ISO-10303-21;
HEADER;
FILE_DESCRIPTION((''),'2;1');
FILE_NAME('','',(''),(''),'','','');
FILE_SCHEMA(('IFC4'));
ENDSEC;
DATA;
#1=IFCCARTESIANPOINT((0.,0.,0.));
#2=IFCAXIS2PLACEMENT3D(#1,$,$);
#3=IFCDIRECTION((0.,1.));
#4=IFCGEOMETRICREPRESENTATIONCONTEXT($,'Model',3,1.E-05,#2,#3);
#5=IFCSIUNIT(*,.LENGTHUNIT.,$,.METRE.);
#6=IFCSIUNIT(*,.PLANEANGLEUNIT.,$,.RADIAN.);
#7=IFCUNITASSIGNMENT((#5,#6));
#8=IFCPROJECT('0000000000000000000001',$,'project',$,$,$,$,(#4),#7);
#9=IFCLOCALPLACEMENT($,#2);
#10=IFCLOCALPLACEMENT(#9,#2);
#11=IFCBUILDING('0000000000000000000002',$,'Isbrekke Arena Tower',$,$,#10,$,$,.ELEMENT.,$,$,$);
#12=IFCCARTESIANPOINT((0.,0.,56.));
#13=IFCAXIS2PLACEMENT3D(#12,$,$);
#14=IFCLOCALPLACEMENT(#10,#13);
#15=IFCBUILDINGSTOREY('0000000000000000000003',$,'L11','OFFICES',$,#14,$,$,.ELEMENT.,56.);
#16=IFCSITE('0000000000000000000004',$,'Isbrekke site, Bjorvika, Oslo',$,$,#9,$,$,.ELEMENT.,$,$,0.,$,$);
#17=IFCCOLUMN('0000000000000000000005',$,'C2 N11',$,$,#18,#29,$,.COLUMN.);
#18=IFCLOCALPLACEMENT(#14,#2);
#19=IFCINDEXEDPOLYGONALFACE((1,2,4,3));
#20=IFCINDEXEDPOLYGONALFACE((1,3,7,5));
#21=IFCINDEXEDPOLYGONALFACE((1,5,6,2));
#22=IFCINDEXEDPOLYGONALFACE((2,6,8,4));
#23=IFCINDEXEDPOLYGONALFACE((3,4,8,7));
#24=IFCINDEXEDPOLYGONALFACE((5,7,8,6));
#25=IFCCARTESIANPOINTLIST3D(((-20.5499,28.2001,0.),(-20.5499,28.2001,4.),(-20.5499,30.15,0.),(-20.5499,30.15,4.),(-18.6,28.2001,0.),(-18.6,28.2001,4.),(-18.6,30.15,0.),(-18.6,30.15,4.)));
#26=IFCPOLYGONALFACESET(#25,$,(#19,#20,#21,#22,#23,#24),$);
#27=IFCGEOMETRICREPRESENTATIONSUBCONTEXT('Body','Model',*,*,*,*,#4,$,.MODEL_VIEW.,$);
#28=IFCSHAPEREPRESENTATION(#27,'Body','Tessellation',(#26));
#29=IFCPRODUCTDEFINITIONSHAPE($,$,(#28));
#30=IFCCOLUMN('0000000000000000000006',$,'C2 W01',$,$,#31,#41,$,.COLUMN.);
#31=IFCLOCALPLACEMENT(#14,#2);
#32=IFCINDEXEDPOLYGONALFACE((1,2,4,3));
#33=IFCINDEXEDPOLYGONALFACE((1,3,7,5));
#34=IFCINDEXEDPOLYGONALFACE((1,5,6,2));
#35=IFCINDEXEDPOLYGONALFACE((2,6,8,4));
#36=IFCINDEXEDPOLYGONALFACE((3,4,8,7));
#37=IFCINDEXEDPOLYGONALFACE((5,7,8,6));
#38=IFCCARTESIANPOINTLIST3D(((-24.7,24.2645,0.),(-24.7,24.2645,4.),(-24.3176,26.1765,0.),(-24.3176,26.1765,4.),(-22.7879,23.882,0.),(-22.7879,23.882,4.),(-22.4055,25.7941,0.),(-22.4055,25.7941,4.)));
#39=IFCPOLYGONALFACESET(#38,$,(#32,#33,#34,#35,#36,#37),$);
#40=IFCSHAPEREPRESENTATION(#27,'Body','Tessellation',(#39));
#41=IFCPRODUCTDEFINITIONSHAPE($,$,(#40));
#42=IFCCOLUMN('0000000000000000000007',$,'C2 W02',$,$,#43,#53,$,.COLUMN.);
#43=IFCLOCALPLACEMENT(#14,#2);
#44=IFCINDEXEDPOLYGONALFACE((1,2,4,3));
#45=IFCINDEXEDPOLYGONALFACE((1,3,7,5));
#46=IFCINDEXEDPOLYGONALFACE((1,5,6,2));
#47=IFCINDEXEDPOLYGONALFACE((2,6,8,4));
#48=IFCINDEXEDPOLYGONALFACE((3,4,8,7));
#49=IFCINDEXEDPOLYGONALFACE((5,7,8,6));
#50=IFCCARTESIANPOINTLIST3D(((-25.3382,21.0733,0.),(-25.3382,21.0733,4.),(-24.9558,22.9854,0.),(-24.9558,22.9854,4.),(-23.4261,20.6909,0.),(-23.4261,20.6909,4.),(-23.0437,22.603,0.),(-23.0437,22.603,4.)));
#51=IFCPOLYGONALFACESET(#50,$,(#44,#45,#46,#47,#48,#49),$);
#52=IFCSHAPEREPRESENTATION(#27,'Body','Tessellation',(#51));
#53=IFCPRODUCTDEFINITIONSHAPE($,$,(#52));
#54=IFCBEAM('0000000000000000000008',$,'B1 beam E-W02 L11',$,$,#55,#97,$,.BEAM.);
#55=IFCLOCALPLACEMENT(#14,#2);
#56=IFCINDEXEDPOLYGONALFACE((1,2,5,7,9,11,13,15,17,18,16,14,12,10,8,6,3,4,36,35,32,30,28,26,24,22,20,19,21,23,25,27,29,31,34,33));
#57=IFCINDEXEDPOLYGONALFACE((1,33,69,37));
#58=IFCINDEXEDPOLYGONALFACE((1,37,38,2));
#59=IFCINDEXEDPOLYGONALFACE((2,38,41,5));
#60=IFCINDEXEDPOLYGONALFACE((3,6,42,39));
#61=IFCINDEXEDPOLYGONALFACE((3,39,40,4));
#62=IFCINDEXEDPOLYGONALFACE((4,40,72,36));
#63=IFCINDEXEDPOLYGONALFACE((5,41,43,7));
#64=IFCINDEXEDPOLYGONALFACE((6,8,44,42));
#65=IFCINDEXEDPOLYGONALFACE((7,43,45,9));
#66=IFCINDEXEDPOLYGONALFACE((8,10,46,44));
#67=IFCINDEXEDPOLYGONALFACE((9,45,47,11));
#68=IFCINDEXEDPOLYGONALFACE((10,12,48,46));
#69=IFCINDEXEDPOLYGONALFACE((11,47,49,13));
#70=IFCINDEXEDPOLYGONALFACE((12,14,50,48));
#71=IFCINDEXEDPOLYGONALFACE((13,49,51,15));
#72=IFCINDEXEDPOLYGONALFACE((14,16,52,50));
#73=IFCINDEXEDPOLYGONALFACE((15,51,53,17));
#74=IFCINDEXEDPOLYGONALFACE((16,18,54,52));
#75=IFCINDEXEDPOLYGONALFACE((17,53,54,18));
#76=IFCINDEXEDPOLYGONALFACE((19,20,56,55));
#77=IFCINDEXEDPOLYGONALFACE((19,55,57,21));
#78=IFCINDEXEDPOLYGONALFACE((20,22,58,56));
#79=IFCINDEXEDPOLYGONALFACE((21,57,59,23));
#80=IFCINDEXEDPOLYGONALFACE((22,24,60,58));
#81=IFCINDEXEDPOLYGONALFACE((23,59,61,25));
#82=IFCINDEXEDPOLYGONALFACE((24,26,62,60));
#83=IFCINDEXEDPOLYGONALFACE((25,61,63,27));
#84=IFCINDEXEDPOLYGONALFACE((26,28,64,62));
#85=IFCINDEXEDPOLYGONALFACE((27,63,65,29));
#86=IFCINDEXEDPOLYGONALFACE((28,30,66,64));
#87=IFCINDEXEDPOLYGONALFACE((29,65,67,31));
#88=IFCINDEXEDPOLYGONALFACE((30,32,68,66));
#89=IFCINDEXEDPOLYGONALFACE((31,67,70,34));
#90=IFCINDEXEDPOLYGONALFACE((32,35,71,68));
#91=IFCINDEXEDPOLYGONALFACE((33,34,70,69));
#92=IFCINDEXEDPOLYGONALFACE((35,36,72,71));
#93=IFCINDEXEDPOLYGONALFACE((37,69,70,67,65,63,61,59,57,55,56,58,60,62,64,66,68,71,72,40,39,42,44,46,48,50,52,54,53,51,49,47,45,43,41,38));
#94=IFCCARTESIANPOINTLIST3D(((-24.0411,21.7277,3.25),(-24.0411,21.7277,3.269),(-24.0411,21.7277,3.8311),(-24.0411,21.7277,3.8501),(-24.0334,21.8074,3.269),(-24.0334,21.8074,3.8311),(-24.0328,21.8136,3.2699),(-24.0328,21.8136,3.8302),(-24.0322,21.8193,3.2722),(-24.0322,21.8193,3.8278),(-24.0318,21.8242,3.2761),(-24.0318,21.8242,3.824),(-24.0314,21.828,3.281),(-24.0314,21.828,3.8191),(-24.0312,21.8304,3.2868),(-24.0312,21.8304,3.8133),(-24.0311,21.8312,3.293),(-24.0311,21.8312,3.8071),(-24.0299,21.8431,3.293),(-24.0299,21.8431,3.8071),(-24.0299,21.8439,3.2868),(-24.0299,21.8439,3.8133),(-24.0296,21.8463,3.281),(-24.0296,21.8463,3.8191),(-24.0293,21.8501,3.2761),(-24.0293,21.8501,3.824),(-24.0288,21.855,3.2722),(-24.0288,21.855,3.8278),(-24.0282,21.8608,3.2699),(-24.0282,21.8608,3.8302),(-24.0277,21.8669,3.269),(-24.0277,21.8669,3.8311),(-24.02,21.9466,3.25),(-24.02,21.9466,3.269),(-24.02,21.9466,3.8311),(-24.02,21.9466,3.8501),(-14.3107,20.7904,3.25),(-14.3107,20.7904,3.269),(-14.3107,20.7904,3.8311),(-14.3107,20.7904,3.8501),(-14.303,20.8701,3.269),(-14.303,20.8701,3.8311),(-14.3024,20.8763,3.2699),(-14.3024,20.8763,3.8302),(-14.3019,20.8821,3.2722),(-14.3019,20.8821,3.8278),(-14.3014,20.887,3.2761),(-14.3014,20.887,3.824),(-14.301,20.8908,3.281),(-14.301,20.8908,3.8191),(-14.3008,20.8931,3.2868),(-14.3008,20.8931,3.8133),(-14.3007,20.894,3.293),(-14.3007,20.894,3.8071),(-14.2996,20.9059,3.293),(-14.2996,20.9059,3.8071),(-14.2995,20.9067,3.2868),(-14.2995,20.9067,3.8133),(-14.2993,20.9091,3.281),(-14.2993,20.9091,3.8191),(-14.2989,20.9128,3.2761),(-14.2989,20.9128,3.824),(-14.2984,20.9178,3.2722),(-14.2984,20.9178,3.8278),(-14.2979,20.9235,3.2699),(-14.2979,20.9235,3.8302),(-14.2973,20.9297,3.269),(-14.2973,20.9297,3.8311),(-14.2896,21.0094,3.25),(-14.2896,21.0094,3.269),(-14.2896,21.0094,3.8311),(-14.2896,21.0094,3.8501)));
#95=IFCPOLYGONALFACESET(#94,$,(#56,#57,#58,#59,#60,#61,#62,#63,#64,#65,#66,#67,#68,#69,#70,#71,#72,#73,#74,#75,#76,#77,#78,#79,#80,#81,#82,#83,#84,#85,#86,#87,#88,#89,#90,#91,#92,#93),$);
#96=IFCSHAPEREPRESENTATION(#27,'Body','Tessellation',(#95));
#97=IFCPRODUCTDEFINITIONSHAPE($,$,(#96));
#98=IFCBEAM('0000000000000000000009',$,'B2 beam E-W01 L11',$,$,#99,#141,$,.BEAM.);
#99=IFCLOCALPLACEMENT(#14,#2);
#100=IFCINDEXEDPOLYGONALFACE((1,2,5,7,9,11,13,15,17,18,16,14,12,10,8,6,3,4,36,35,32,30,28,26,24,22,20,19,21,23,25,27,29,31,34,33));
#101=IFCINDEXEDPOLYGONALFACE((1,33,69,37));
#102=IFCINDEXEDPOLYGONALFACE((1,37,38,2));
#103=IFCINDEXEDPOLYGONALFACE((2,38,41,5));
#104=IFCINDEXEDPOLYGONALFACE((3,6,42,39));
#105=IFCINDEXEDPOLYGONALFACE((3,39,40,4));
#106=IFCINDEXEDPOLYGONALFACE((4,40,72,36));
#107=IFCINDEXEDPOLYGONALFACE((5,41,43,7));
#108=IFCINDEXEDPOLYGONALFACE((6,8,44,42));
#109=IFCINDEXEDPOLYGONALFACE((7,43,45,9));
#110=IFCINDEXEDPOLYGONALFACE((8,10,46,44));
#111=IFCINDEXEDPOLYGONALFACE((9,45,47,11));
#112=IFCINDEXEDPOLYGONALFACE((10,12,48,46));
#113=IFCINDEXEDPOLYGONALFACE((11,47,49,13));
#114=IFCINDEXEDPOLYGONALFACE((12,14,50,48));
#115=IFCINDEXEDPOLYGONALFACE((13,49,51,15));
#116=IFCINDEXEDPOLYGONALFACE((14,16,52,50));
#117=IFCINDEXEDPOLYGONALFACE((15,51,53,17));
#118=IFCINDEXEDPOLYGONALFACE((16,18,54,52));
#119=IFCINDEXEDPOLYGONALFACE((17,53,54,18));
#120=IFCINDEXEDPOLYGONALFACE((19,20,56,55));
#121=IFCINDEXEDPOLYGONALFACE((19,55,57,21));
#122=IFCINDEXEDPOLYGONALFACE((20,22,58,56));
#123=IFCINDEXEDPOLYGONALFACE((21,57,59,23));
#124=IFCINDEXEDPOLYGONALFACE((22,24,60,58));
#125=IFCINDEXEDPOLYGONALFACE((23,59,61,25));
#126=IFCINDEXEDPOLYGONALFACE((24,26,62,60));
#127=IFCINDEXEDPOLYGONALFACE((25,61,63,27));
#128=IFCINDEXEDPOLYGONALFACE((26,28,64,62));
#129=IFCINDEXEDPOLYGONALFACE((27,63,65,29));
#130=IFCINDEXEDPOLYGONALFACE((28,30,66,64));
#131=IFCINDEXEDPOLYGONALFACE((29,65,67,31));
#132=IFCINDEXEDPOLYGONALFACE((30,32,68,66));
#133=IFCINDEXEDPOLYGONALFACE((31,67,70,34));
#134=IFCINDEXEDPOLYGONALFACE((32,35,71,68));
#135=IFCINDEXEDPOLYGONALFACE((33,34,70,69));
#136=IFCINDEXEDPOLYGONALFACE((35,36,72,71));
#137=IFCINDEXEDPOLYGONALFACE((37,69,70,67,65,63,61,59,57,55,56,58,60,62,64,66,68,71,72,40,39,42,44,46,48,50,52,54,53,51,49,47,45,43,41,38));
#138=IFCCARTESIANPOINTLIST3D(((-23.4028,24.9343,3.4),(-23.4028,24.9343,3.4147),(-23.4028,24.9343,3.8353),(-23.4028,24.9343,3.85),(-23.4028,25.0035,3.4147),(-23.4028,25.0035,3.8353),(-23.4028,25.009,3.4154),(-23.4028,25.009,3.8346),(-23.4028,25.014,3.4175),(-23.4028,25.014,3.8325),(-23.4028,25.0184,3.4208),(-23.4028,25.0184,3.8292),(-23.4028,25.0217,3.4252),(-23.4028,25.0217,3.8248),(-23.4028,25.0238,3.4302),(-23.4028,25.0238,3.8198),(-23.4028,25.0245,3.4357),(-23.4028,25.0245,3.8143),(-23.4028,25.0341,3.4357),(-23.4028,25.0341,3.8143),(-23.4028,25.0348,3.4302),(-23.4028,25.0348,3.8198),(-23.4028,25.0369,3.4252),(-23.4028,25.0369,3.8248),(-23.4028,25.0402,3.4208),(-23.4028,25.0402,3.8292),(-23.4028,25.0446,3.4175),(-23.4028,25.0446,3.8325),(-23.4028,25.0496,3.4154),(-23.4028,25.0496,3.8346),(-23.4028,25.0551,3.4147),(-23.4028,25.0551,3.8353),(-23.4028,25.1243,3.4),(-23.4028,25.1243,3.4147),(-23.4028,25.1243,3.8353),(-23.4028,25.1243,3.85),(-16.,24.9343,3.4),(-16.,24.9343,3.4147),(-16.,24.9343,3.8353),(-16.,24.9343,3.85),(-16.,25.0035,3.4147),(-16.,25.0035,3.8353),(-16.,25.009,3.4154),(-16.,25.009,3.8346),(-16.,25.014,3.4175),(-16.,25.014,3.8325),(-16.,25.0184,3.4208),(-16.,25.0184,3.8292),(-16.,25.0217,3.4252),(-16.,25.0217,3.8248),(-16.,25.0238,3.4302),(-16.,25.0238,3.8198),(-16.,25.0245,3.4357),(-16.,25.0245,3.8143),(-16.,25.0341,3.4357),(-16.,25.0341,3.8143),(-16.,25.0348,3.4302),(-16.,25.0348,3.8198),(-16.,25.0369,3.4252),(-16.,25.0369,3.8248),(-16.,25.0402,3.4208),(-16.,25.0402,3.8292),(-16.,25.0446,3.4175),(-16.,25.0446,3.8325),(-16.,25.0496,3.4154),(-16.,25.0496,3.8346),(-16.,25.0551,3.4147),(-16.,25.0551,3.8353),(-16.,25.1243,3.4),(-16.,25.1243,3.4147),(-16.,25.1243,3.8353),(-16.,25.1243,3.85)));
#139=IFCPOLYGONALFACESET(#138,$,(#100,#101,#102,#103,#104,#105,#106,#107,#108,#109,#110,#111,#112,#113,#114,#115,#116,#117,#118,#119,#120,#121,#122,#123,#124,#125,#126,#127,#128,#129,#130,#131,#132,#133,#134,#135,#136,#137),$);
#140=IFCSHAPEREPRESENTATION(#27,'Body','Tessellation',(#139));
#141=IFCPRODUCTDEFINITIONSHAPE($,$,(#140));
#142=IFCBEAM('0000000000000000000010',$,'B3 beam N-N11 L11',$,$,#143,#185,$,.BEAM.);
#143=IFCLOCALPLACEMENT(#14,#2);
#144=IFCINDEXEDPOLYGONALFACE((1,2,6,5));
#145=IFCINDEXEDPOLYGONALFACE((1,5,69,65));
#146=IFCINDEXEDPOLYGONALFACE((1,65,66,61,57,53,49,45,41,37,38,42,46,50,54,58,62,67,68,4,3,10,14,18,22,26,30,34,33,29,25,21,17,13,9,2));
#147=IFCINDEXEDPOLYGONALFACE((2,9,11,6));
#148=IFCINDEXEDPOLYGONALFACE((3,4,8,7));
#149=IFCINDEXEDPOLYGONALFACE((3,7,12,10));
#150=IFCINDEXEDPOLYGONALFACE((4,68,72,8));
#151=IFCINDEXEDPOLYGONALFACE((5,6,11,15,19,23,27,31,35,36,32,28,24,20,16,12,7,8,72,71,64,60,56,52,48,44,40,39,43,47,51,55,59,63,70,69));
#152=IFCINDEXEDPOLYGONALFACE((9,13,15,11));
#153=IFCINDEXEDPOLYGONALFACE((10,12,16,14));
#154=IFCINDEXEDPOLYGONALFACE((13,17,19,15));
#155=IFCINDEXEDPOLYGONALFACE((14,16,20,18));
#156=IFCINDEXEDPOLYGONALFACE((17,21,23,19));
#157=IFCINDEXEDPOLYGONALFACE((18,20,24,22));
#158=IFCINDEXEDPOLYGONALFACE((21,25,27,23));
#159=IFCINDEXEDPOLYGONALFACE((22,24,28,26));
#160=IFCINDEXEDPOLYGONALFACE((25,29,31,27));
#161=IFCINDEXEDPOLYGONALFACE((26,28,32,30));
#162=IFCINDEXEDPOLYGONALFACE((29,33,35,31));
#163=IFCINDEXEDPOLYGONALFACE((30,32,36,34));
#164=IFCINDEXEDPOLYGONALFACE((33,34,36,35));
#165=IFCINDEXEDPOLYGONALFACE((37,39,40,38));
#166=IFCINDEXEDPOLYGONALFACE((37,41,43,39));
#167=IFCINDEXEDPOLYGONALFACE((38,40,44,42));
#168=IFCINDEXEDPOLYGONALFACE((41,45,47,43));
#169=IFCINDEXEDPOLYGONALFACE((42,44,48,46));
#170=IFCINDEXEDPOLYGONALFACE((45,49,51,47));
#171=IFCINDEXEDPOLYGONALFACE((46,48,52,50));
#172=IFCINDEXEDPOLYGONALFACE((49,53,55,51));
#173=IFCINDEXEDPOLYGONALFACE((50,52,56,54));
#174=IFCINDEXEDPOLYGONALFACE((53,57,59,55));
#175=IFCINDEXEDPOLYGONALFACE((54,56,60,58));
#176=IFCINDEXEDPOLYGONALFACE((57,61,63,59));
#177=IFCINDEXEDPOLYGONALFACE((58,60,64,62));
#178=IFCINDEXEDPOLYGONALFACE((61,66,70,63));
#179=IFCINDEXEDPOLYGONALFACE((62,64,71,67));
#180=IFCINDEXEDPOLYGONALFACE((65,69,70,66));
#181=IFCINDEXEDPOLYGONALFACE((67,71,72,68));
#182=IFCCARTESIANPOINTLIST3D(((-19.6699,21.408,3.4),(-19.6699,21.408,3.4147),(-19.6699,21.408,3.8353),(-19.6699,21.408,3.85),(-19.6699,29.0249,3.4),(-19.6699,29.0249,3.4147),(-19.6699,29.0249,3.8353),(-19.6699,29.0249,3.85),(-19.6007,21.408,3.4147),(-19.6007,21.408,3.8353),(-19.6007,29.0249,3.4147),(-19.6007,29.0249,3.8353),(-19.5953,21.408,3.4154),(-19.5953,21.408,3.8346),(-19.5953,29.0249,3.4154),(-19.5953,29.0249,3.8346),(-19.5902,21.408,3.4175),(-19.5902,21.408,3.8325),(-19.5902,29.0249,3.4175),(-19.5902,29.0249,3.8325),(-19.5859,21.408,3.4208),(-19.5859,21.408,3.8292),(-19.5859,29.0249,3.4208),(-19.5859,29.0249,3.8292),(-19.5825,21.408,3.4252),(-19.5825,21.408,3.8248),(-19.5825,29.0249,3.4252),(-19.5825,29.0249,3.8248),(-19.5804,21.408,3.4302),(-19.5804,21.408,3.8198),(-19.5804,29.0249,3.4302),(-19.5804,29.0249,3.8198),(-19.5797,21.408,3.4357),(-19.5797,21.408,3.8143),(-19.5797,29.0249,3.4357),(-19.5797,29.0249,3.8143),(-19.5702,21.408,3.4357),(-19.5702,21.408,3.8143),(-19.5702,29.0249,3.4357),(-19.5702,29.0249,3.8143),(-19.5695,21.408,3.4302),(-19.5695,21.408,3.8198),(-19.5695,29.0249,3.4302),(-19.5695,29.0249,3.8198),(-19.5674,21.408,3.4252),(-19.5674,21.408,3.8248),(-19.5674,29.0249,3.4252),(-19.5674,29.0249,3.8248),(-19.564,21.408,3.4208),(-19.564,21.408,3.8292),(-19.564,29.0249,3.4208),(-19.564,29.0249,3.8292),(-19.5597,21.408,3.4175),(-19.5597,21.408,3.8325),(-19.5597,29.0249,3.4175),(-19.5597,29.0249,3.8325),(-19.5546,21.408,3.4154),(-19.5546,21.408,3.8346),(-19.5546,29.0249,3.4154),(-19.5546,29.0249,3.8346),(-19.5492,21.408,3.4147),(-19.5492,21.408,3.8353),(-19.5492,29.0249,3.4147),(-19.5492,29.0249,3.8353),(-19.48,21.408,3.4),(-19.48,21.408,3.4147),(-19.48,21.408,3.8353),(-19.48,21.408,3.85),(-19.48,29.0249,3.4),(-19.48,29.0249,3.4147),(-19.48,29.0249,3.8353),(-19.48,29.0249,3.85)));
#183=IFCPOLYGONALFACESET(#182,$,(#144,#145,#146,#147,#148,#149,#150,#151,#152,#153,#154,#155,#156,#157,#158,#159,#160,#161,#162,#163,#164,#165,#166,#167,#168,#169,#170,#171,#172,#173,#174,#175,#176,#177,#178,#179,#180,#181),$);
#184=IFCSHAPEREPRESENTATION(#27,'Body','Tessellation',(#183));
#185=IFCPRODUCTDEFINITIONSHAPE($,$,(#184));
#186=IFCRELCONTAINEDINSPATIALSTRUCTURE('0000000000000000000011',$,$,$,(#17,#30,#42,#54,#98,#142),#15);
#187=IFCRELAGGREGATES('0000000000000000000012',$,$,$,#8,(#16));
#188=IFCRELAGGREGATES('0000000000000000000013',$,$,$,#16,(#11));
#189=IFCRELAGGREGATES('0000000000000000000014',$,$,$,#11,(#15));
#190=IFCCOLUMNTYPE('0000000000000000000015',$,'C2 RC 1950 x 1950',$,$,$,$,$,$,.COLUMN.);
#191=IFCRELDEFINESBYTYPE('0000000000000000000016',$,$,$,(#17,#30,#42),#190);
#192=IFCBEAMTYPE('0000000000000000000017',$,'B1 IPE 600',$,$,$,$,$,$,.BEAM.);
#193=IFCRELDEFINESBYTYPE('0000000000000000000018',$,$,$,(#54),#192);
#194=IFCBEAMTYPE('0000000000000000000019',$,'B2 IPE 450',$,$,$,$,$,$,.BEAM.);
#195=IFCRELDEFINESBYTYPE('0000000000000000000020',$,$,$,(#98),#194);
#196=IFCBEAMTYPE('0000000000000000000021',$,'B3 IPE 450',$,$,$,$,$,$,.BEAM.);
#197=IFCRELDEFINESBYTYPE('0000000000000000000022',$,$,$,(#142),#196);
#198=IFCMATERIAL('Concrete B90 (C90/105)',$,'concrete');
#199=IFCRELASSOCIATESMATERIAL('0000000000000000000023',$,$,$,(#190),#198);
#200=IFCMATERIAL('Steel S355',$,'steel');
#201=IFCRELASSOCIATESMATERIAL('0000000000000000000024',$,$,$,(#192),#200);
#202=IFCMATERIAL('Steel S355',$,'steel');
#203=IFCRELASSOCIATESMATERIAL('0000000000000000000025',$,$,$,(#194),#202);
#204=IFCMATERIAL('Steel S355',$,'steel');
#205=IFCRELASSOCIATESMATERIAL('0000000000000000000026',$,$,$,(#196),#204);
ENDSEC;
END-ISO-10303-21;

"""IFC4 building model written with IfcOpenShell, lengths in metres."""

from ifc_helpers import new_model, si_unit, direction, frame, origin, origin_2d, place, context, subcontext, project, spatial, rectangle, i_section, extrude, material, material_profile, profile_set, type_object, element, save


model = new_model("IFC4")

# Units and contexts
model_context = context("Model", 3, precision=1e-05, world=origin(), true_north=direction((0.0, 1.0)))
body_context = subcontext(model_context, "Body", "Model", "MODEL_VIEW")
ifc_project = project(units=[si_unit("LENGTHUNIT", "METRE"), si_unit("PLANEANGLEUNIT", "RADIAN")], contexts=[model_context])

# Site, building, storey
site_placement = place(None, origin())
site = spatial("IfcSite", under=ifc_project, at=site_placement, Name="Isbrekke site, Bjorvika, Oslo", CompositionType="ELEMENT", RefElevation=0.0)
building_placement = place(site_placement, origin())
building = spatial("IfcBuilding", under=site, at=building_placement, Name="Isbrekke Arena Tower", CompositionType="ELEMENT")
storey_placement = place(building_placement, frame((0.0, 0.0, 56.0)))
storey = spatial("IfcBuildingStorey", under=building, at=storey_placement, Name="L11", Description="OFFICES", CompositionType="ELEMENT", Elevation=56.0)

# Columns
ifc_material_1 = material(Name="Concrete B90 (C90/105)", Category="concrete")
ifc_material_profile_1 = material_profile(ifc_material_1, rectangle(XDim=1.95, YDim=1.95, at=origin_2d()), Name="RC 1950x1950")
ifc_profile_set_1 = profile_set([ifc_material_profile_1], Name="Concrete B90 (C90/105)")
column_type = type_object("IfcColumnType", Name="C2 RC 1950 x 1950", PredefinedType="COLUMN", material=ifc_profile_set_1)
for number, where, z_axis, x_axis, name in (
    (1, (-19.575, 29.175, 0.0), (0.0, 0.0, 1.0), (-1.0, 0.0, 0.0), "C2 N11"),
    (2, (-23.5527, 25.0293, 0.0), (0.0, 0.0, 1.0), (-0.196116, -0.980581, 0.0), "C2 W01"),
    (3, (-24.1909, 21.8381, 0.0), (0.0, 0.0, 1.0), (-0.196116, -0.980581, 0.0), "C2 W02"),
):
    element("IfcColumn", number, at=place(storey_placement, frame(where, z_axis=z_axis, x_axis=x_axis)), inside=storey, type_object=column_type, Name=name, PredefinedType="COLUMN", context=body_context, shape_type="SweptSolid", body=[
        extrude(rectangle(XDim=1.95, YDim=1.95, at=origin_2d()), origin(), (0.0, 0.0, 1.0), 4.0),
    ])

# Beams
ifc_material_2 = material(Name="Steel S355", Category="steel")
ifc_material_profile_2 = material_profile(ifc_material_2, i_section(OverallWidth=0.22, OverallDepth=0.6001, WebThickness=0.012, FlangeThickness=0.019, FilletRadius=0.0239, at=origin_2d()), Name="IPE 600")
ifc_profile_set_2 = profile_set([ifc_material_profile_2], Name="Steel S355")
beam_type_1 = type_object("IfcBeamType", Name="B1 IPE 600", PredefinedType="BEAM", material=ifc_profile_set_2)
beam_1_placement = place(storey_placement, frame((-24.0305, 21.8372, 3.55), z_axis=(0.995393, -0.095878, 0.0), x_axis=(0.095878, 0.995393, 0.0)))
element("IfcBeam", 4, at=beam_1_placement, inside=storey, type_object=beam_type_1, Name="B1 beam E-W02 L11", PredefinedType="BEAM", context=body_context, shape_type="SweptSolid", body=[
    extrude(i_section(OverallWidth=0.22, OverallDepth=0.6001, WebThickness=0.012, FlangeThickness=0.019, FilletRadius=0.0239, at=origin_2d()), origin(), (0.0, 0.0, 1.0), 9.7754),
])
ifc_material_3 = material(Name="Steel S355", Category="steel")
ifc_material_profile_3 = material_profile(ifc_material_3, i_section(OverallWidth=0.1899, OverallDepth=0.45, WebThickness=0.0095, FlangeThickness=0.0146, FilletRadius=0.021, at=origin_2d()), Name="IPE 450")
ifc_profile_set_3 = profile_set([ifc_material_profile_3], Name="Steel S355")
beam_type_2 = type_object("IfcBeamType", Name="B2 IPE 450", PredefinedType="BEAM", material=ifc_profile_set_3)
beam_2_placement = place(storey_placement, frame((-23.4028, 25.0293, 3.625), z_axis=(1.0, 0.0, 0.0), x_axis=(0.0, 1.0, 0.0)))
element("IfcBeam", 5, at=beam_2_placement, inside=storey, type_object=beam_type_2, Name="B2 beam E-W01 L11", PredefinedType="BEAM", context=body_context, shape_type="SweptSolid", body=[
    extrude(i_section(OverallWidth=0.1899, OverallDepth=0.45, WebThickness=0.0095, FlangeThickness=0.0146, FilletRadius=0.021, at=origin_2d()), origin(), (0.0, 0.0, 1.0), 7.4028),
])
ifc_material_4 = material(Name="Steel S355", Category="steel")
ifc_material_profile_4 = material_profile(ifc_material_4, i_section(OverallWidth=0.1899, OverallDepth=0.45, WebThickness=0.0095, FlangeThickness=0.0146, FilletRadius=0.021, at=origin_2d()), Name="IPE 450")
ifc_profile_set_4 = profile_set([ifc_material_profile_4], Name="Steel S355")
beam_type_3 = type_object("IfcBeamType", Name="B3 IPE 450", PredefinedType="BEAM", material=ifc_profile_set_4)
beam_3_placement = place(storey_placement, frame((-19.575, 29.0249, 3.625), z_axis=(0.0, -1.0, 0.0), x_axis=(1.0, 0.0, 0.0)))
element("IfcBeam", 6, at=beam_3_placement, inside=storey, type_object=beam_type_3, Name="B3 beam N-N11 L11", PredefinedType="BEAM", context=body_context, shape_type="SweptSolid", body=[
    extrude(i_section(OverallWidth=0.1899, OverallDepth=0.45, WebThickness=0.0095, FlangeThickness=0.0146, FilletRadius=0.021, at=origin_2d()), origin(), (0.0, 0.0, 1.0), 7.6169),
])

save(model, "model.ifc")
